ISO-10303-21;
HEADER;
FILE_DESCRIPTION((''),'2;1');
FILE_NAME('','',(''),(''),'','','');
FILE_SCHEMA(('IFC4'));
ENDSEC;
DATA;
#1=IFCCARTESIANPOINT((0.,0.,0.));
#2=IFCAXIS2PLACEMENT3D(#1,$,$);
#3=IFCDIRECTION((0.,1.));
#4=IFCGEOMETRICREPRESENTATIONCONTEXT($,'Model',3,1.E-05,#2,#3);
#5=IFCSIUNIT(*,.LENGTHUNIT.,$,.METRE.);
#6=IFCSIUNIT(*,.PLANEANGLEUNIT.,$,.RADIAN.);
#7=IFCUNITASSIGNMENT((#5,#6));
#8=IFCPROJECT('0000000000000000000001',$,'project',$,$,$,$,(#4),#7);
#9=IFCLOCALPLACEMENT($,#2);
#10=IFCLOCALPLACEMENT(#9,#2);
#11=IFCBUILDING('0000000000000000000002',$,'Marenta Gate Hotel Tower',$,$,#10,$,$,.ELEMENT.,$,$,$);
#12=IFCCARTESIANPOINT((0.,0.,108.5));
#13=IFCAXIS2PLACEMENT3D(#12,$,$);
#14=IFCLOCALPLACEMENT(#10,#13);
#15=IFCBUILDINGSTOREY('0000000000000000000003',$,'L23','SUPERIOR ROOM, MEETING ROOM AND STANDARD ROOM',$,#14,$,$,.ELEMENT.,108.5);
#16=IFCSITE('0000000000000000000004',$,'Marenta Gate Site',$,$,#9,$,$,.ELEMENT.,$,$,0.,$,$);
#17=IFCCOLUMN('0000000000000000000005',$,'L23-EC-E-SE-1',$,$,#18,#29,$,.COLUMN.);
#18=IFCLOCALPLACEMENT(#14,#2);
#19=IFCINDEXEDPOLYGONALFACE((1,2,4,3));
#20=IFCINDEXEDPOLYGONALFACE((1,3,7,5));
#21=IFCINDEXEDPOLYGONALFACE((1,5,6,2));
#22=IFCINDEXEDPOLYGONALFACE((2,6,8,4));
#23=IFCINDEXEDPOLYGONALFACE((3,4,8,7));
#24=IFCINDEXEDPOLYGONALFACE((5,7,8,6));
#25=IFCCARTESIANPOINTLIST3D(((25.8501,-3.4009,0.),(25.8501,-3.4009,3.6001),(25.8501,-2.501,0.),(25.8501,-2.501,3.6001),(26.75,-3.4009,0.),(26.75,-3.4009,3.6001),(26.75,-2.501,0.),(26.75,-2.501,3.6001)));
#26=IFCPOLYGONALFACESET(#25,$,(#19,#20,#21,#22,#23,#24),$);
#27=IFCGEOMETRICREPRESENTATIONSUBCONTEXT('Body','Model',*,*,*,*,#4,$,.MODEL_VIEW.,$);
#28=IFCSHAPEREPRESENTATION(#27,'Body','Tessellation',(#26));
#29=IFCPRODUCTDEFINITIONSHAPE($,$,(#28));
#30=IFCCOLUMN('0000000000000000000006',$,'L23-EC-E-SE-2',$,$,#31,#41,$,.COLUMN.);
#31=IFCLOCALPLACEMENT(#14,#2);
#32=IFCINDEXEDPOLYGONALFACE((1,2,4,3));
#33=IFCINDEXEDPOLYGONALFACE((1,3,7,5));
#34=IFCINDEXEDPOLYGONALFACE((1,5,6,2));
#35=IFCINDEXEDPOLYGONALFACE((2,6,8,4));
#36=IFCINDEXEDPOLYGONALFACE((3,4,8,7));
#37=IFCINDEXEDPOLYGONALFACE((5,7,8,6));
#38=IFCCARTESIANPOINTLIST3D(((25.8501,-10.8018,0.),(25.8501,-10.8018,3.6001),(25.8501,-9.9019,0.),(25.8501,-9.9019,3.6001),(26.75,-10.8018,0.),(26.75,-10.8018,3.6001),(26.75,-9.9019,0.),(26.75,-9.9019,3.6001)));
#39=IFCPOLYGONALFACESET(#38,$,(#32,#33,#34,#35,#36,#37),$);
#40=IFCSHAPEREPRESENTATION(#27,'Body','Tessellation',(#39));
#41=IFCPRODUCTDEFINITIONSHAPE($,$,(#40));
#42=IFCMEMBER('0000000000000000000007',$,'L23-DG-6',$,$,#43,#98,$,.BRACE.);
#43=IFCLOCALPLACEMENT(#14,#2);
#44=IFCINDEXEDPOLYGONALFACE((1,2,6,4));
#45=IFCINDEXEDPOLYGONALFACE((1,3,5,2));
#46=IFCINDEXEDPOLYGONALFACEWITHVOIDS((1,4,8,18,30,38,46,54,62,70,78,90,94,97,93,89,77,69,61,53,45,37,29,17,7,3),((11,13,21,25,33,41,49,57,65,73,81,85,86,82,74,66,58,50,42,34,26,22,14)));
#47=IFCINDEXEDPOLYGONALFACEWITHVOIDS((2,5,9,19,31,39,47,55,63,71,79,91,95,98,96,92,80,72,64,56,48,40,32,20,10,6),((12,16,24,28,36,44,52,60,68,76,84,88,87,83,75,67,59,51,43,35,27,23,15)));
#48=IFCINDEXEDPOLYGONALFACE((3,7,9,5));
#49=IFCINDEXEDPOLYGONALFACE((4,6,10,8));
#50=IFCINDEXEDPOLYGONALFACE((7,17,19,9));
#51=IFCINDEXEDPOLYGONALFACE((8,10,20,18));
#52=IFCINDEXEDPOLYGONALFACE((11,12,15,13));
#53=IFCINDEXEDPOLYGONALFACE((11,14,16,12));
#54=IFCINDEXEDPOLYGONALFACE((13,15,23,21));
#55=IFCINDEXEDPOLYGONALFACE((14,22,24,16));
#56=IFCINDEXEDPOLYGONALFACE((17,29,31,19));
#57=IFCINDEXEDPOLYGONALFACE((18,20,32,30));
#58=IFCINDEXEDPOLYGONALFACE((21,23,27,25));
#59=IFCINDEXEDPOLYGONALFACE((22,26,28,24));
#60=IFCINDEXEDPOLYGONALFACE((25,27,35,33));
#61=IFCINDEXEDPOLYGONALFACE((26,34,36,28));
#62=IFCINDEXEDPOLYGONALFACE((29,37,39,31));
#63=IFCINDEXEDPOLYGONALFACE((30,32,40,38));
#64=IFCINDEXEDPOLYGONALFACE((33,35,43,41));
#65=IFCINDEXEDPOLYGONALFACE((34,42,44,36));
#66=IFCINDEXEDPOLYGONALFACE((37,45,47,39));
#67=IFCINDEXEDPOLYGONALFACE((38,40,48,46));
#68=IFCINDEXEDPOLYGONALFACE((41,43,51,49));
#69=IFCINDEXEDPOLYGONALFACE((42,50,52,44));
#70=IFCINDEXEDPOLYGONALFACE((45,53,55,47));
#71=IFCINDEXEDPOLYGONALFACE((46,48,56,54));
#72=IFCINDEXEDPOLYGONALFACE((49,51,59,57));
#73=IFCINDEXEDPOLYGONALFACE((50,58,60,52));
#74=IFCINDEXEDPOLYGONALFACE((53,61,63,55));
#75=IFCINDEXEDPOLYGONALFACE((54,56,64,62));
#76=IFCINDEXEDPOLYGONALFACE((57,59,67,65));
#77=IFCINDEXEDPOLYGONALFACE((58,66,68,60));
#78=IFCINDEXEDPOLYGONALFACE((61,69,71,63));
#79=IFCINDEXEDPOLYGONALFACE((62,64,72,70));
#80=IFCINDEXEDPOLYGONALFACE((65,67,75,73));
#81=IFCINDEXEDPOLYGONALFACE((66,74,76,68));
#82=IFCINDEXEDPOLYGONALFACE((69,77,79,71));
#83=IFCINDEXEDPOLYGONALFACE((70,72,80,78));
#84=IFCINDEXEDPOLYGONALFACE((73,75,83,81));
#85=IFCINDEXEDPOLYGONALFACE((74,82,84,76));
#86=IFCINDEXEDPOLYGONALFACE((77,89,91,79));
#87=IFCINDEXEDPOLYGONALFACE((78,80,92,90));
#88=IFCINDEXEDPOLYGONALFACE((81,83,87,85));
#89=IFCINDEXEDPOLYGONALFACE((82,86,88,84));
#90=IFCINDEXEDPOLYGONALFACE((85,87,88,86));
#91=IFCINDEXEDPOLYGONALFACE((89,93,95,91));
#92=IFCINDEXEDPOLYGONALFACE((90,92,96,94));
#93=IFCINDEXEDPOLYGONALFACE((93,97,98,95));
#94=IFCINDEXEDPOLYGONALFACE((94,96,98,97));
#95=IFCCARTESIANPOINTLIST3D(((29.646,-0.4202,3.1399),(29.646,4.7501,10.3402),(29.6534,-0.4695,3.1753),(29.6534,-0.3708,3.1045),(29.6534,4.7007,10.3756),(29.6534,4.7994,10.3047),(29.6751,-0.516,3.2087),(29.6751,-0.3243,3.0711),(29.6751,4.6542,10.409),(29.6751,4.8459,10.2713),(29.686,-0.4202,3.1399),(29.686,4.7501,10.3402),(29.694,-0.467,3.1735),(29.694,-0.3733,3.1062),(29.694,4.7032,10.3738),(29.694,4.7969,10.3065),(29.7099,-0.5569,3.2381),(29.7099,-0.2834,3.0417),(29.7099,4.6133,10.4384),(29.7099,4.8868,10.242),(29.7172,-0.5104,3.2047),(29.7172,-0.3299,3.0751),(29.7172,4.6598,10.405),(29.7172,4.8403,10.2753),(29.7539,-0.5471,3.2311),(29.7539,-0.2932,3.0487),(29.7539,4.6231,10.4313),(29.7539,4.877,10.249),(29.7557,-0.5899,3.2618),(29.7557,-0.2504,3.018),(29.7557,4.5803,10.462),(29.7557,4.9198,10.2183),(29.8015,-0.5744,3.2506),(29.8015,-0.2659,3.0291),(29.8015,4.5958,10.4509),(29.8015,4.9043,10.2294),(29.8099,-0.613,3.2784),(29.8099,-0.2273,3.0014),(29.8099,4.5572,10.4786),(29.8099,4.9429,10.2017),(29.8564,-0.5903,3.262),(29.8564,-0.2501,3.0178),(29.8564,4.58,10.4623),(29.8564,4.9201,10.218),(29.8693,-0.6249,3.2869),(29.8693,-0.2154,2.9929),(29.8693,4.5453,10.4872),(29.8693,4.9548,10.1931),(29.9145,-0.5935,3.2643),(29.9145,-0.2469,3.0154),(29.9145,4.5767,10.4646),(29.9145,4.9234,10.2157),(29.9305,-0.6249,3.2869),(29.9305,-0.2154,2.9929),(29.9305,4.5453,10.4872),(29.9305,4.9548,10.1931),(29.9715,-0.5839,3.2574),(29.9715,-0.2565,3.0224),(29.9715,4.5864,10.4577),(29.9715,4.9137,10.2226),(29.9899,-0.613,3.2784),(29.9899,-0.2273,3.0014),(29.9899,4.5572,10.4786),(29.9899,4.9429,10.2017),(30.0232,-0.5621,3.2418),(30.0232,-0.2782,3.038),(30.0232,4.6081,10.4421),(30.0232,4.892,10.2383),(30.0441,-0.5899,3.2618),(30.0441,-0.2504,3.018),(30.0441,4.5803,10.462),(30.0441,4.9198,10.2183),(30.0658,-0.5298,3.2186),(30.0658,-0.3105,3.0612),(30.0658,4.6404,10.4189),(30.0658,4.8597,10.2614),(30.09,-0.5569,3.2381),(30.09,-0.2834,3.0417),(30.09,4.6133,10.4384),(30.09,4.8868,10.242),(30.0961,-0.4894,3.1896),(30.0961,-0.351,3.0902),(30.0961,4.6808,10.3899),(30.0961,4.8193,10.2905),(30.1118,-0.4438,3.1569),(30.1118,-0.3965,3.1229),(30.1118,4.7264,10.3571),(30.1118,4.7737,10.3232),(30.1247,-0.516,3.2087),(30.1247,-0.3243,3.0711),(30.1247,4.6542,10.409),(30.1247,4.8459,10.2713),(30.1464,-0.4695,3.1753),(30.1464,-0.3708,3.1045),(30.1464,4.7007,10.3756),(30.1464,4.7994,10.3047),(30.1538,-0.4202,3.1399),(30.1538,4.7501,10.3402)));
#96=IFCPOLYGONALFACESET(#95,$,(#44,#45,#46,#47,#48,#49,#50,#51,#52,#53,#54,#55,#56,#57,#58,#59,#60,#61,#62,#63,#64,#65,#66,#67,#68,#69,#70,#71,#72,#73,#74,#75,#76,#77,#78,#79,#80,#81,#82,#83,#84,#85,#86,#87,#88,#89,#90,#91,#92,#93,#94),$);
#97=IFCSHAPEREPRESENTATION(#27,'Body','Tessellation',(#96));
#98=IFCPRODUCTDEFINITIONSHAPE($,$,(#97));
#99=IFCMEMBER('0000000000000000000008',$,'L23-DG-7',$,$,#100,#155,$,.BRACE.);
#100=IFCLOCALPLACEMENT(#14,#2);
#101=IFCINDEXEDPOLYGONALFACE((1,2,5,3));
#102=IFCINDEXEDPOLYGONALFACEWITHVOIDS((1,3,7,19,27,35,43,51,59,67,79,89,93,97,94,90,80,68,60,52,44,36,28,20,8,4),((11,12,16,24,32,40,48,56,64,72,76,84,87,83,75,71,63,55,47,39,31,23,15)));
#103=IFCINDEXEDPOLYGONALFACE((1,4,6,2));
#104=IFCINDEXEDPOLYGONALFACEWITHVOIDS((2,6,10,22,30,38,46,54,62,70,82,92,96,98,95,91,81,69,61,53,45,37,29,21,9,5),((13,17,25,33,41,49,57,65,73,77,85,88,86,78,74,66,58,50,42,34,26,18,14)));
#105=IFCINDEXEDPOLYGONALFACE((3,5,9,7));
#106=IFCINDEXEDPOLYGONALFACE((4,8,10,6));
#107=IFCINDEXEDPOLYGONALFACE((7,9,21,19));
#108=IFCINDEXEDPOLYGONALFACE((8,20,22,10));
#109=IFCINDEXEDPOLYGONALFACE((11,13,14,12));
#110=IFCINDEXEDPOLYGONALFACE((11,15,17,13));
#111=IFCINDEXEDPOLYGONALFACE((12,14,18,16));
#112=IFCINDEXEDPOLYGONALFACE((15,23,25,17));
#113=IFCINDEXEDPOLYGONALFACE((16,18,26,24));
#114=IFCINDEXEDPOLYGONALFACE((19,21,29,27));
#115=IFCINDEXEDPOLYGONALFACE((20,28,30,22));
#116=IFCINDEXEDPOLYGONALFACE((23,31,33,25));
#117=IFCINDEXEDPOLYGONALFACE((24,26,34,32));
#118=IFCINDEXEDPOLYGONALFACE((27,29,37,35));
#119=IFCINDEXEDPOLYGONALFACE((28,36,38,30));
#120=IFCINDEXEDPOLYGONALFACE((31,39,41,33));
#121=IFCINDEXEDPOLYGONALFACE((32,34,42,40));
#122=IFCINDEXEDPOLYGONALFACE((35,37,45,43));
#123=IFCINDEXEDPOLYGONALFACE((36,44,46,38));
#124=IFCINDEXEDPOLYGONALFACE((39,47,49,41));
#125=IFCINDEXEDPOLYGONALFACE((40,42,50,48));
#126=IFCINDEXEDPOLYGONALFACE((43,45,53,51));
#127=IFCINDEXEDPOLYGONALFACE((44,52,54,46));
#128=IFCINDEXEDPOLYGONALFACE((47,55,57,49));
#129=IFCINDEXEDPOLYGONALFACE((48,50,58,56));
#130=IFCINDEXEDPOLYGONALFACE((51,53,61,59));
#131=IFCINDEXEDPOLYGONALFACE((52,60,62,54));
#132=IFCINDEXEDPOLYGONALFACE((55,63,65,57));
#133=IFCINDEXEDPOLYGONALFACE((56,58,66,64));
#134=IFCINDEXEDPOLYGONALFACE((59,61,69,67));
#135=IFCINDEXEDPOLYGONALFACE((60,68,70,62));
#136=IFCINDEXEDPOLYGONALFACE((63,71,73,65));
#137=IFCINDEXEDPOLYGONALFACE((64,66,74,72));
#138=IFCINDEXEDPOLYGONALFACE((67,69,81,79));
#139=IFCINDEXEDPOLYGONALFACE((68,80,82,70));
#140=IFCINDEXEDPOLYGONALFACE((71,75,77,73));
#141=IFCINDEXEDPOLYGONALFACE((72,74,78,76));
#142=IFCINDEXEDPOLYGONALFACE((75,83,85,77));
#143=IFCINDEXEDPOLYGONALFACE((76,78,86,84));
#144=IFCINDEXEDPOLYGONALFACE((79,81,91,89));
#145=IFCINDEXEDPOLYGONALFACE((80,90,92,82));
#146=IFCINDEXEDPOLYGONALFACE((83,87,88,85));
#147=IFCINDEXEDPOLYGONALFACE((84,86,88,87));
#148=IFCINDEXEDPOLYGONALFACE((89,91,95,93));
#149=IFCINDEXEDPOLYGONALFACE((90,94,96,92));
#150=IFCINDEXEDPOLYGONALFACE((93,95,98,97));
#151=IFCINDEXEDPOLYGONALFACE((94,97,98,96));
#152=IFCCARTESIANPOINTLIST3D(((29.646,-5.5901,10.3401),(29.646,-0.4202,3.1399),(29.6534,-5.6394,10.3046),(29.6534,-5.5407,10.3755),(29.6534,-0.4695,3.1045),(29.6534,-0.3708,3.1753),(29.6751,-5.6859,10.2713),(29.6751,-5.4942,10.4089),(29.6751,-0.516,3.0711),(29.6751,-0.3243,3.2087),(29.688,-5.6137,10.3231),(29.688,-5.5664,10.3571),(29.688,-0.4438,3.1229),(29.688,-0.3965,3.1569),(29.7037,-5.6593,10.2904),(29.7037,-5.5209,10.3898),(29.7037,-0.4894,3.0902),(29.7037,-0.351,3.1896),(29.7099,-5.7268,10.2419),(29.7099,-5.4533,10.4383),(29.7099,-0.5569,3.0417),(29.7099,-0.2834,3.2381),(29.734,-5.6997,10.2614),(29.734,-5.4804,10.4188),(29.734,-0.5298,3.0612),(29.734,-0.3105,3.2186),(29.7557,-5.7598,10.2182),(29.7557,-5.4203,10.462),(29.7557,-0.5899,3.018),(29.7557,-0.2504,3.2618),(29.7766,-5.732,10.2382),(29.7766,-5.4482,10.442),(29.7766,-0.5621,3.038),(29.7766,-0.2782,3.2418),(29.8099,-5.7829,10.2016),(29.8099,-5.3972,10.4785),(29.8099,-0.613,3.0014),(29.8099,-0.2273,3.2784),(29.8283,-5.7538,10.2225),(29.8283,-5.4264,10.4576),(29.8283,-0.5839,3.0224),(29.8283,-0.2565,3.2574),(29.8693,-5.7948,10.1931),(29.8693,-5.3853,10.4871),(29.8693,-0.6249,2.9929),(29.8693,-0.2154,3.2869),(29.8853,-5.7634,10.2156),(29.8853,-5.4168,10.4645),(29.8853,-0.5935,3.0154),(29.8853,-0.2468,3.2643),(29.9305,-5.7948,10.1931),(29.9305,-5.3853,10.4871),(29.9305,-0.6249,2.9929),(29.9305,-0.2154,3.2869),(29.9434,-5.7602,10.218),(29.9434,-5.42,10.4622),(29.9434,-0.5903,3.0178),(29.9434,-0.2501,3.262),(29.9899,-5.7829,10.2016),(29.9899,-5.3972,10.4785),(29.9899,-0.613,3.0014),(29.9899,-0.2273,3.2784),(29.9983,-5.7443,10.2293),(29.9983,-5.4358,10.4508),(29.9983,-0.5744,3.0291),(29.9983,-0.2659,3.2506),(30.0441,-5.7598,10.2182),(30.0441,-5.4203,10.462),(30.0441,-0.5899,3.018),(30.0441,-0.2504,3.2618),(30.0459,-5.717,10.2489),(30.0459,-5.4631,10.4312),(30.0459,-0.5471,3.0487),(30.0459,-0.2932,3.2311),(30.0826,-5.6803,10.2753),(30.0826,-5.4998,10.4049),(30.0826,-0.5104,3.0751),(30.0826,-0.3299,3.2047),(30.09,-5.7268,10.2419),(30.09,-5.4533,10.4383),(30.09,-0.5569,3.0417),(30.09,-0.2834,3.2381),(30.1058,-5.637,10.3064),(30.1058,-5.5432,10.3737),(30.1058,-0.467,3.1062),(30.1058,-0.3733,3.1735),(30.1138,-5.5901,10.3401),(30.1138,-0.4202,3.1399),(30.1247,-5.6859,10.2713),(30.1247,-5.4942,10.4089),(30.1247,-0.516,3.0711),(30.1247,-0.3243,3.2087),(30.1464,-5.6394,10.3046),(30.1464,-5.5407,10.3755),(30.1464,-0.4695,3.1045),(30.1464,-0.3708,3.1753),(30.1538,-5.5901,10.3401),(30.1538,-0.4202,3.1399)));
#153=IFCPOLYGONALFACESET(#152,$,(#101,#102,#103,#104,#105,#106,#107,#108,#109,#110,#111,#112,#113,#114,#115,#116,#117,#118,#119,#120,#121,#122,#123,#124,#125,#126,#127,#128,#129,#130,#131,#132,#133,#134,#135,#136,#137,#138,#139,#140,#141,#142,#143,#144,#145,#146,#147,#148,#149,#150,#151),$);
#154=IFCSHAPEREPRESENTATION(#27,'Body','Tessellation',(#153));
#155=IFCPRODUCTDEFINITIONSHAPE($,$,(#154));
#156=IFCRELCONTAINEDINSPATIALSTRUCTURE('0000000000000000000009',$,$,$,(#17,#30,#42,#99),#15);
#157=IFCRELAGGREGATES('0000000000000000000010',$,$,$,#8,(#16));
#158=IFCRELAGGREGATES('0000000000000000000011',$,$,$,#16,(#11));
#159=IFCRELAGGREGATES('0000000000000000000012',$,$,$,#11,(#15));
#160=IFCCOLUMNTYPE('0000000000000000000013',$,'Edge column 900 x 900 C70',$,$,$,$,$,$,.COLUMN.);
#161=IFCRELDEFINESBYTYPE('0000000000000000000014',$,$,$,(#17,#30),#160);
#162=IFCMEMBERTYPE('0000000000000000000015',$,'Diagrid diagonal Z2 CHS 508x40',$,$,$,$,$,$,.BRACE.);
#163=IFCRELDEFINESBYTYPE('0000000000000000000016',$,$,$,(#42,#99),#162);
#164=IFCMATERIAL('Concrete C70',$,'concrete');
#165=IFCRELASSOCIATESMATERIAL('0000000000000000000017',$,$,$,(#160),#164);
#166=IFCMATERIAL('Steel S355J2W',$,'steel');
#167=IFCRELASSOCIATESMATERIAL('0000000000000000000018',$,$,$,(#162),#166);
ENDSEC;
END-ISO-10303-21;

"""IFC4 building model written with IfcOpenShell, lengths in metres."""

from ifc_helpers import new_model, si_unit, direction, frame, origin, origin_2d, place, context, subcontext, project, spatial, rectangle, hollow_circle, extrude, material, material_profile, profile_set, type_object, element, save


model = new_model("IFC4")

# Units and contexts
model_context = context("Model", 3, precision=1e-05, world=origin(), true_north=direction((0.0, 1.0)))
body_context = subcontext(model_context, "Body", "Model", "MODEL_VIEW")
ifc_project = project(units=[si_unit("LENGTHUNIT", "METRE"), si_unit("PLANEANGLEUNIT", "RADIAN")], contexts=[model_context])

# Site, building, storey
site_placement = place(None, origin())
site = spatial("IfcSite", under=ifc_project, at=site_placement, Name="Marenta Gate Site", CompositionType="ELEMENT", RefElevation=0.0)
building_placement = place(site_placement, origin())
building = spatial("IfcBuilding", under=site, at=building_placement, Name="Marenta Gate Hotel Tower", CompositionType="ELEMENT")
storey_placement = place(building_placement, frame((0.0, 0.0, 108.5)))
storey = spatial("IfcBuildingStorey", under=building, at=storey_placement, Name="L23", Description="SUPERIOR ROOM, MEETING ROOM AND STANDARD ROOM", CompositionType="ELEMENT", Elevation=108.5)

# Columns
ifc_material_1 = material(Name="Concrete C70", Category="concrete")
ifc_material_profile_1 = material_profile(ifc_material_1, rectangle(XDim=0.8999, YDim=0.8999, at=origin_2d()), Name="900 x 900")
ifc_profile_set_1 = profile_set([ifc_material_profile_1], Name="Concrete C70")
column_type = type_object("IfcColumnType", Name="Edge column 900 x 900 C70", PredefinedType="COLUMN", material=ifc_profile_set_1)
for number, where, z_axis, x_axis, name in (
    (1, (26.3, -2.9509, 0.0), (0.0, 0.0, 1.0), (1.0, 0.0, 0.0), "L23-EC-E-SE-1"),
    (2, (26.3, -10.3518, 0.0), (0.0, 0.0, 1.0), (1.0, 0.0, 0.0), "L23-EC-E-SE-2"),
):
    element("IfcColumn", number, at=place(storey_placement, frame(where, z_axis=z_axis, x_axis=x_axis)), inside=storey, type_object=column_type, Name=name, PredefinedType="COLUMN", context=body_context, shape_type="SweptSolid", body=[
        extrude(rectangle(XDim=0.8999, YDim=0.8999, at=origin_2d()), origin(), (0.0, 0.0, 1.0), 3.6001),
    ])

# Members
ifc_material_2 = material(Name="Steel S355J2W", Category="steel")
ifc_material_profile_2 = material_profile(ifc_material_2, hollow_circle(Radius=0.2539, WallThickness=0.04, at=origin_2d()), Name="CHS 508x40")
ifc_profile_set_2 = profile_set([ifc_material_profile_2], Name="Steel S355J2W")
member_type_1 = type_object("IfcMemberType", Name="Diagrid diagonal Z2 CHS 508x40", PredefinedType="BRACE", material=ifc_profile_set_2)
member_1_placement = place(storey_placement, frame((29.8999, -0.4202, 3.1399), z_axis=(0.0, 0.583266, 0.812281), x_axis=(-1.0, 0.0, 0.0)))
element("IfcMember", 3, at=member_1_placement, inside=storey, type_object=member_type_1, Name="L23-DG-6", PredefinedType="BRACE", context=body_context, shape_type="SweptSolid", body=[
    extrude(hollow_circle(Radius=0.2539, WallThickness=0.04, at=origin_2d()), origin(), (0.0, 0.0, 1.0), 8.8643),
])
for number, where, z_axis, x_axis, name in (
    (4, (29.8999, -0.4202, 3.1399), (0.0, -0.583248, 0.812294), (1.0, 0.0, 0.0), "L23-DG-7"),
):
    element("IfcMember", number, at=place(storey_placement, frame(where, z_axis=z_axis, x_axis=x_axis)), inside=storey, type_object=member_type_1, Name=name, PredefinedType="BRACE", context=body_context, shape_type="SweptSolid", body=[
        extrude(hollow_circle(Radius=0.2539, WallThickness=0.04, at=origin_2d()), origin(), (0.0, 0.0, 1.0), 8.864),
    ])

save(model, "model.ifc")
